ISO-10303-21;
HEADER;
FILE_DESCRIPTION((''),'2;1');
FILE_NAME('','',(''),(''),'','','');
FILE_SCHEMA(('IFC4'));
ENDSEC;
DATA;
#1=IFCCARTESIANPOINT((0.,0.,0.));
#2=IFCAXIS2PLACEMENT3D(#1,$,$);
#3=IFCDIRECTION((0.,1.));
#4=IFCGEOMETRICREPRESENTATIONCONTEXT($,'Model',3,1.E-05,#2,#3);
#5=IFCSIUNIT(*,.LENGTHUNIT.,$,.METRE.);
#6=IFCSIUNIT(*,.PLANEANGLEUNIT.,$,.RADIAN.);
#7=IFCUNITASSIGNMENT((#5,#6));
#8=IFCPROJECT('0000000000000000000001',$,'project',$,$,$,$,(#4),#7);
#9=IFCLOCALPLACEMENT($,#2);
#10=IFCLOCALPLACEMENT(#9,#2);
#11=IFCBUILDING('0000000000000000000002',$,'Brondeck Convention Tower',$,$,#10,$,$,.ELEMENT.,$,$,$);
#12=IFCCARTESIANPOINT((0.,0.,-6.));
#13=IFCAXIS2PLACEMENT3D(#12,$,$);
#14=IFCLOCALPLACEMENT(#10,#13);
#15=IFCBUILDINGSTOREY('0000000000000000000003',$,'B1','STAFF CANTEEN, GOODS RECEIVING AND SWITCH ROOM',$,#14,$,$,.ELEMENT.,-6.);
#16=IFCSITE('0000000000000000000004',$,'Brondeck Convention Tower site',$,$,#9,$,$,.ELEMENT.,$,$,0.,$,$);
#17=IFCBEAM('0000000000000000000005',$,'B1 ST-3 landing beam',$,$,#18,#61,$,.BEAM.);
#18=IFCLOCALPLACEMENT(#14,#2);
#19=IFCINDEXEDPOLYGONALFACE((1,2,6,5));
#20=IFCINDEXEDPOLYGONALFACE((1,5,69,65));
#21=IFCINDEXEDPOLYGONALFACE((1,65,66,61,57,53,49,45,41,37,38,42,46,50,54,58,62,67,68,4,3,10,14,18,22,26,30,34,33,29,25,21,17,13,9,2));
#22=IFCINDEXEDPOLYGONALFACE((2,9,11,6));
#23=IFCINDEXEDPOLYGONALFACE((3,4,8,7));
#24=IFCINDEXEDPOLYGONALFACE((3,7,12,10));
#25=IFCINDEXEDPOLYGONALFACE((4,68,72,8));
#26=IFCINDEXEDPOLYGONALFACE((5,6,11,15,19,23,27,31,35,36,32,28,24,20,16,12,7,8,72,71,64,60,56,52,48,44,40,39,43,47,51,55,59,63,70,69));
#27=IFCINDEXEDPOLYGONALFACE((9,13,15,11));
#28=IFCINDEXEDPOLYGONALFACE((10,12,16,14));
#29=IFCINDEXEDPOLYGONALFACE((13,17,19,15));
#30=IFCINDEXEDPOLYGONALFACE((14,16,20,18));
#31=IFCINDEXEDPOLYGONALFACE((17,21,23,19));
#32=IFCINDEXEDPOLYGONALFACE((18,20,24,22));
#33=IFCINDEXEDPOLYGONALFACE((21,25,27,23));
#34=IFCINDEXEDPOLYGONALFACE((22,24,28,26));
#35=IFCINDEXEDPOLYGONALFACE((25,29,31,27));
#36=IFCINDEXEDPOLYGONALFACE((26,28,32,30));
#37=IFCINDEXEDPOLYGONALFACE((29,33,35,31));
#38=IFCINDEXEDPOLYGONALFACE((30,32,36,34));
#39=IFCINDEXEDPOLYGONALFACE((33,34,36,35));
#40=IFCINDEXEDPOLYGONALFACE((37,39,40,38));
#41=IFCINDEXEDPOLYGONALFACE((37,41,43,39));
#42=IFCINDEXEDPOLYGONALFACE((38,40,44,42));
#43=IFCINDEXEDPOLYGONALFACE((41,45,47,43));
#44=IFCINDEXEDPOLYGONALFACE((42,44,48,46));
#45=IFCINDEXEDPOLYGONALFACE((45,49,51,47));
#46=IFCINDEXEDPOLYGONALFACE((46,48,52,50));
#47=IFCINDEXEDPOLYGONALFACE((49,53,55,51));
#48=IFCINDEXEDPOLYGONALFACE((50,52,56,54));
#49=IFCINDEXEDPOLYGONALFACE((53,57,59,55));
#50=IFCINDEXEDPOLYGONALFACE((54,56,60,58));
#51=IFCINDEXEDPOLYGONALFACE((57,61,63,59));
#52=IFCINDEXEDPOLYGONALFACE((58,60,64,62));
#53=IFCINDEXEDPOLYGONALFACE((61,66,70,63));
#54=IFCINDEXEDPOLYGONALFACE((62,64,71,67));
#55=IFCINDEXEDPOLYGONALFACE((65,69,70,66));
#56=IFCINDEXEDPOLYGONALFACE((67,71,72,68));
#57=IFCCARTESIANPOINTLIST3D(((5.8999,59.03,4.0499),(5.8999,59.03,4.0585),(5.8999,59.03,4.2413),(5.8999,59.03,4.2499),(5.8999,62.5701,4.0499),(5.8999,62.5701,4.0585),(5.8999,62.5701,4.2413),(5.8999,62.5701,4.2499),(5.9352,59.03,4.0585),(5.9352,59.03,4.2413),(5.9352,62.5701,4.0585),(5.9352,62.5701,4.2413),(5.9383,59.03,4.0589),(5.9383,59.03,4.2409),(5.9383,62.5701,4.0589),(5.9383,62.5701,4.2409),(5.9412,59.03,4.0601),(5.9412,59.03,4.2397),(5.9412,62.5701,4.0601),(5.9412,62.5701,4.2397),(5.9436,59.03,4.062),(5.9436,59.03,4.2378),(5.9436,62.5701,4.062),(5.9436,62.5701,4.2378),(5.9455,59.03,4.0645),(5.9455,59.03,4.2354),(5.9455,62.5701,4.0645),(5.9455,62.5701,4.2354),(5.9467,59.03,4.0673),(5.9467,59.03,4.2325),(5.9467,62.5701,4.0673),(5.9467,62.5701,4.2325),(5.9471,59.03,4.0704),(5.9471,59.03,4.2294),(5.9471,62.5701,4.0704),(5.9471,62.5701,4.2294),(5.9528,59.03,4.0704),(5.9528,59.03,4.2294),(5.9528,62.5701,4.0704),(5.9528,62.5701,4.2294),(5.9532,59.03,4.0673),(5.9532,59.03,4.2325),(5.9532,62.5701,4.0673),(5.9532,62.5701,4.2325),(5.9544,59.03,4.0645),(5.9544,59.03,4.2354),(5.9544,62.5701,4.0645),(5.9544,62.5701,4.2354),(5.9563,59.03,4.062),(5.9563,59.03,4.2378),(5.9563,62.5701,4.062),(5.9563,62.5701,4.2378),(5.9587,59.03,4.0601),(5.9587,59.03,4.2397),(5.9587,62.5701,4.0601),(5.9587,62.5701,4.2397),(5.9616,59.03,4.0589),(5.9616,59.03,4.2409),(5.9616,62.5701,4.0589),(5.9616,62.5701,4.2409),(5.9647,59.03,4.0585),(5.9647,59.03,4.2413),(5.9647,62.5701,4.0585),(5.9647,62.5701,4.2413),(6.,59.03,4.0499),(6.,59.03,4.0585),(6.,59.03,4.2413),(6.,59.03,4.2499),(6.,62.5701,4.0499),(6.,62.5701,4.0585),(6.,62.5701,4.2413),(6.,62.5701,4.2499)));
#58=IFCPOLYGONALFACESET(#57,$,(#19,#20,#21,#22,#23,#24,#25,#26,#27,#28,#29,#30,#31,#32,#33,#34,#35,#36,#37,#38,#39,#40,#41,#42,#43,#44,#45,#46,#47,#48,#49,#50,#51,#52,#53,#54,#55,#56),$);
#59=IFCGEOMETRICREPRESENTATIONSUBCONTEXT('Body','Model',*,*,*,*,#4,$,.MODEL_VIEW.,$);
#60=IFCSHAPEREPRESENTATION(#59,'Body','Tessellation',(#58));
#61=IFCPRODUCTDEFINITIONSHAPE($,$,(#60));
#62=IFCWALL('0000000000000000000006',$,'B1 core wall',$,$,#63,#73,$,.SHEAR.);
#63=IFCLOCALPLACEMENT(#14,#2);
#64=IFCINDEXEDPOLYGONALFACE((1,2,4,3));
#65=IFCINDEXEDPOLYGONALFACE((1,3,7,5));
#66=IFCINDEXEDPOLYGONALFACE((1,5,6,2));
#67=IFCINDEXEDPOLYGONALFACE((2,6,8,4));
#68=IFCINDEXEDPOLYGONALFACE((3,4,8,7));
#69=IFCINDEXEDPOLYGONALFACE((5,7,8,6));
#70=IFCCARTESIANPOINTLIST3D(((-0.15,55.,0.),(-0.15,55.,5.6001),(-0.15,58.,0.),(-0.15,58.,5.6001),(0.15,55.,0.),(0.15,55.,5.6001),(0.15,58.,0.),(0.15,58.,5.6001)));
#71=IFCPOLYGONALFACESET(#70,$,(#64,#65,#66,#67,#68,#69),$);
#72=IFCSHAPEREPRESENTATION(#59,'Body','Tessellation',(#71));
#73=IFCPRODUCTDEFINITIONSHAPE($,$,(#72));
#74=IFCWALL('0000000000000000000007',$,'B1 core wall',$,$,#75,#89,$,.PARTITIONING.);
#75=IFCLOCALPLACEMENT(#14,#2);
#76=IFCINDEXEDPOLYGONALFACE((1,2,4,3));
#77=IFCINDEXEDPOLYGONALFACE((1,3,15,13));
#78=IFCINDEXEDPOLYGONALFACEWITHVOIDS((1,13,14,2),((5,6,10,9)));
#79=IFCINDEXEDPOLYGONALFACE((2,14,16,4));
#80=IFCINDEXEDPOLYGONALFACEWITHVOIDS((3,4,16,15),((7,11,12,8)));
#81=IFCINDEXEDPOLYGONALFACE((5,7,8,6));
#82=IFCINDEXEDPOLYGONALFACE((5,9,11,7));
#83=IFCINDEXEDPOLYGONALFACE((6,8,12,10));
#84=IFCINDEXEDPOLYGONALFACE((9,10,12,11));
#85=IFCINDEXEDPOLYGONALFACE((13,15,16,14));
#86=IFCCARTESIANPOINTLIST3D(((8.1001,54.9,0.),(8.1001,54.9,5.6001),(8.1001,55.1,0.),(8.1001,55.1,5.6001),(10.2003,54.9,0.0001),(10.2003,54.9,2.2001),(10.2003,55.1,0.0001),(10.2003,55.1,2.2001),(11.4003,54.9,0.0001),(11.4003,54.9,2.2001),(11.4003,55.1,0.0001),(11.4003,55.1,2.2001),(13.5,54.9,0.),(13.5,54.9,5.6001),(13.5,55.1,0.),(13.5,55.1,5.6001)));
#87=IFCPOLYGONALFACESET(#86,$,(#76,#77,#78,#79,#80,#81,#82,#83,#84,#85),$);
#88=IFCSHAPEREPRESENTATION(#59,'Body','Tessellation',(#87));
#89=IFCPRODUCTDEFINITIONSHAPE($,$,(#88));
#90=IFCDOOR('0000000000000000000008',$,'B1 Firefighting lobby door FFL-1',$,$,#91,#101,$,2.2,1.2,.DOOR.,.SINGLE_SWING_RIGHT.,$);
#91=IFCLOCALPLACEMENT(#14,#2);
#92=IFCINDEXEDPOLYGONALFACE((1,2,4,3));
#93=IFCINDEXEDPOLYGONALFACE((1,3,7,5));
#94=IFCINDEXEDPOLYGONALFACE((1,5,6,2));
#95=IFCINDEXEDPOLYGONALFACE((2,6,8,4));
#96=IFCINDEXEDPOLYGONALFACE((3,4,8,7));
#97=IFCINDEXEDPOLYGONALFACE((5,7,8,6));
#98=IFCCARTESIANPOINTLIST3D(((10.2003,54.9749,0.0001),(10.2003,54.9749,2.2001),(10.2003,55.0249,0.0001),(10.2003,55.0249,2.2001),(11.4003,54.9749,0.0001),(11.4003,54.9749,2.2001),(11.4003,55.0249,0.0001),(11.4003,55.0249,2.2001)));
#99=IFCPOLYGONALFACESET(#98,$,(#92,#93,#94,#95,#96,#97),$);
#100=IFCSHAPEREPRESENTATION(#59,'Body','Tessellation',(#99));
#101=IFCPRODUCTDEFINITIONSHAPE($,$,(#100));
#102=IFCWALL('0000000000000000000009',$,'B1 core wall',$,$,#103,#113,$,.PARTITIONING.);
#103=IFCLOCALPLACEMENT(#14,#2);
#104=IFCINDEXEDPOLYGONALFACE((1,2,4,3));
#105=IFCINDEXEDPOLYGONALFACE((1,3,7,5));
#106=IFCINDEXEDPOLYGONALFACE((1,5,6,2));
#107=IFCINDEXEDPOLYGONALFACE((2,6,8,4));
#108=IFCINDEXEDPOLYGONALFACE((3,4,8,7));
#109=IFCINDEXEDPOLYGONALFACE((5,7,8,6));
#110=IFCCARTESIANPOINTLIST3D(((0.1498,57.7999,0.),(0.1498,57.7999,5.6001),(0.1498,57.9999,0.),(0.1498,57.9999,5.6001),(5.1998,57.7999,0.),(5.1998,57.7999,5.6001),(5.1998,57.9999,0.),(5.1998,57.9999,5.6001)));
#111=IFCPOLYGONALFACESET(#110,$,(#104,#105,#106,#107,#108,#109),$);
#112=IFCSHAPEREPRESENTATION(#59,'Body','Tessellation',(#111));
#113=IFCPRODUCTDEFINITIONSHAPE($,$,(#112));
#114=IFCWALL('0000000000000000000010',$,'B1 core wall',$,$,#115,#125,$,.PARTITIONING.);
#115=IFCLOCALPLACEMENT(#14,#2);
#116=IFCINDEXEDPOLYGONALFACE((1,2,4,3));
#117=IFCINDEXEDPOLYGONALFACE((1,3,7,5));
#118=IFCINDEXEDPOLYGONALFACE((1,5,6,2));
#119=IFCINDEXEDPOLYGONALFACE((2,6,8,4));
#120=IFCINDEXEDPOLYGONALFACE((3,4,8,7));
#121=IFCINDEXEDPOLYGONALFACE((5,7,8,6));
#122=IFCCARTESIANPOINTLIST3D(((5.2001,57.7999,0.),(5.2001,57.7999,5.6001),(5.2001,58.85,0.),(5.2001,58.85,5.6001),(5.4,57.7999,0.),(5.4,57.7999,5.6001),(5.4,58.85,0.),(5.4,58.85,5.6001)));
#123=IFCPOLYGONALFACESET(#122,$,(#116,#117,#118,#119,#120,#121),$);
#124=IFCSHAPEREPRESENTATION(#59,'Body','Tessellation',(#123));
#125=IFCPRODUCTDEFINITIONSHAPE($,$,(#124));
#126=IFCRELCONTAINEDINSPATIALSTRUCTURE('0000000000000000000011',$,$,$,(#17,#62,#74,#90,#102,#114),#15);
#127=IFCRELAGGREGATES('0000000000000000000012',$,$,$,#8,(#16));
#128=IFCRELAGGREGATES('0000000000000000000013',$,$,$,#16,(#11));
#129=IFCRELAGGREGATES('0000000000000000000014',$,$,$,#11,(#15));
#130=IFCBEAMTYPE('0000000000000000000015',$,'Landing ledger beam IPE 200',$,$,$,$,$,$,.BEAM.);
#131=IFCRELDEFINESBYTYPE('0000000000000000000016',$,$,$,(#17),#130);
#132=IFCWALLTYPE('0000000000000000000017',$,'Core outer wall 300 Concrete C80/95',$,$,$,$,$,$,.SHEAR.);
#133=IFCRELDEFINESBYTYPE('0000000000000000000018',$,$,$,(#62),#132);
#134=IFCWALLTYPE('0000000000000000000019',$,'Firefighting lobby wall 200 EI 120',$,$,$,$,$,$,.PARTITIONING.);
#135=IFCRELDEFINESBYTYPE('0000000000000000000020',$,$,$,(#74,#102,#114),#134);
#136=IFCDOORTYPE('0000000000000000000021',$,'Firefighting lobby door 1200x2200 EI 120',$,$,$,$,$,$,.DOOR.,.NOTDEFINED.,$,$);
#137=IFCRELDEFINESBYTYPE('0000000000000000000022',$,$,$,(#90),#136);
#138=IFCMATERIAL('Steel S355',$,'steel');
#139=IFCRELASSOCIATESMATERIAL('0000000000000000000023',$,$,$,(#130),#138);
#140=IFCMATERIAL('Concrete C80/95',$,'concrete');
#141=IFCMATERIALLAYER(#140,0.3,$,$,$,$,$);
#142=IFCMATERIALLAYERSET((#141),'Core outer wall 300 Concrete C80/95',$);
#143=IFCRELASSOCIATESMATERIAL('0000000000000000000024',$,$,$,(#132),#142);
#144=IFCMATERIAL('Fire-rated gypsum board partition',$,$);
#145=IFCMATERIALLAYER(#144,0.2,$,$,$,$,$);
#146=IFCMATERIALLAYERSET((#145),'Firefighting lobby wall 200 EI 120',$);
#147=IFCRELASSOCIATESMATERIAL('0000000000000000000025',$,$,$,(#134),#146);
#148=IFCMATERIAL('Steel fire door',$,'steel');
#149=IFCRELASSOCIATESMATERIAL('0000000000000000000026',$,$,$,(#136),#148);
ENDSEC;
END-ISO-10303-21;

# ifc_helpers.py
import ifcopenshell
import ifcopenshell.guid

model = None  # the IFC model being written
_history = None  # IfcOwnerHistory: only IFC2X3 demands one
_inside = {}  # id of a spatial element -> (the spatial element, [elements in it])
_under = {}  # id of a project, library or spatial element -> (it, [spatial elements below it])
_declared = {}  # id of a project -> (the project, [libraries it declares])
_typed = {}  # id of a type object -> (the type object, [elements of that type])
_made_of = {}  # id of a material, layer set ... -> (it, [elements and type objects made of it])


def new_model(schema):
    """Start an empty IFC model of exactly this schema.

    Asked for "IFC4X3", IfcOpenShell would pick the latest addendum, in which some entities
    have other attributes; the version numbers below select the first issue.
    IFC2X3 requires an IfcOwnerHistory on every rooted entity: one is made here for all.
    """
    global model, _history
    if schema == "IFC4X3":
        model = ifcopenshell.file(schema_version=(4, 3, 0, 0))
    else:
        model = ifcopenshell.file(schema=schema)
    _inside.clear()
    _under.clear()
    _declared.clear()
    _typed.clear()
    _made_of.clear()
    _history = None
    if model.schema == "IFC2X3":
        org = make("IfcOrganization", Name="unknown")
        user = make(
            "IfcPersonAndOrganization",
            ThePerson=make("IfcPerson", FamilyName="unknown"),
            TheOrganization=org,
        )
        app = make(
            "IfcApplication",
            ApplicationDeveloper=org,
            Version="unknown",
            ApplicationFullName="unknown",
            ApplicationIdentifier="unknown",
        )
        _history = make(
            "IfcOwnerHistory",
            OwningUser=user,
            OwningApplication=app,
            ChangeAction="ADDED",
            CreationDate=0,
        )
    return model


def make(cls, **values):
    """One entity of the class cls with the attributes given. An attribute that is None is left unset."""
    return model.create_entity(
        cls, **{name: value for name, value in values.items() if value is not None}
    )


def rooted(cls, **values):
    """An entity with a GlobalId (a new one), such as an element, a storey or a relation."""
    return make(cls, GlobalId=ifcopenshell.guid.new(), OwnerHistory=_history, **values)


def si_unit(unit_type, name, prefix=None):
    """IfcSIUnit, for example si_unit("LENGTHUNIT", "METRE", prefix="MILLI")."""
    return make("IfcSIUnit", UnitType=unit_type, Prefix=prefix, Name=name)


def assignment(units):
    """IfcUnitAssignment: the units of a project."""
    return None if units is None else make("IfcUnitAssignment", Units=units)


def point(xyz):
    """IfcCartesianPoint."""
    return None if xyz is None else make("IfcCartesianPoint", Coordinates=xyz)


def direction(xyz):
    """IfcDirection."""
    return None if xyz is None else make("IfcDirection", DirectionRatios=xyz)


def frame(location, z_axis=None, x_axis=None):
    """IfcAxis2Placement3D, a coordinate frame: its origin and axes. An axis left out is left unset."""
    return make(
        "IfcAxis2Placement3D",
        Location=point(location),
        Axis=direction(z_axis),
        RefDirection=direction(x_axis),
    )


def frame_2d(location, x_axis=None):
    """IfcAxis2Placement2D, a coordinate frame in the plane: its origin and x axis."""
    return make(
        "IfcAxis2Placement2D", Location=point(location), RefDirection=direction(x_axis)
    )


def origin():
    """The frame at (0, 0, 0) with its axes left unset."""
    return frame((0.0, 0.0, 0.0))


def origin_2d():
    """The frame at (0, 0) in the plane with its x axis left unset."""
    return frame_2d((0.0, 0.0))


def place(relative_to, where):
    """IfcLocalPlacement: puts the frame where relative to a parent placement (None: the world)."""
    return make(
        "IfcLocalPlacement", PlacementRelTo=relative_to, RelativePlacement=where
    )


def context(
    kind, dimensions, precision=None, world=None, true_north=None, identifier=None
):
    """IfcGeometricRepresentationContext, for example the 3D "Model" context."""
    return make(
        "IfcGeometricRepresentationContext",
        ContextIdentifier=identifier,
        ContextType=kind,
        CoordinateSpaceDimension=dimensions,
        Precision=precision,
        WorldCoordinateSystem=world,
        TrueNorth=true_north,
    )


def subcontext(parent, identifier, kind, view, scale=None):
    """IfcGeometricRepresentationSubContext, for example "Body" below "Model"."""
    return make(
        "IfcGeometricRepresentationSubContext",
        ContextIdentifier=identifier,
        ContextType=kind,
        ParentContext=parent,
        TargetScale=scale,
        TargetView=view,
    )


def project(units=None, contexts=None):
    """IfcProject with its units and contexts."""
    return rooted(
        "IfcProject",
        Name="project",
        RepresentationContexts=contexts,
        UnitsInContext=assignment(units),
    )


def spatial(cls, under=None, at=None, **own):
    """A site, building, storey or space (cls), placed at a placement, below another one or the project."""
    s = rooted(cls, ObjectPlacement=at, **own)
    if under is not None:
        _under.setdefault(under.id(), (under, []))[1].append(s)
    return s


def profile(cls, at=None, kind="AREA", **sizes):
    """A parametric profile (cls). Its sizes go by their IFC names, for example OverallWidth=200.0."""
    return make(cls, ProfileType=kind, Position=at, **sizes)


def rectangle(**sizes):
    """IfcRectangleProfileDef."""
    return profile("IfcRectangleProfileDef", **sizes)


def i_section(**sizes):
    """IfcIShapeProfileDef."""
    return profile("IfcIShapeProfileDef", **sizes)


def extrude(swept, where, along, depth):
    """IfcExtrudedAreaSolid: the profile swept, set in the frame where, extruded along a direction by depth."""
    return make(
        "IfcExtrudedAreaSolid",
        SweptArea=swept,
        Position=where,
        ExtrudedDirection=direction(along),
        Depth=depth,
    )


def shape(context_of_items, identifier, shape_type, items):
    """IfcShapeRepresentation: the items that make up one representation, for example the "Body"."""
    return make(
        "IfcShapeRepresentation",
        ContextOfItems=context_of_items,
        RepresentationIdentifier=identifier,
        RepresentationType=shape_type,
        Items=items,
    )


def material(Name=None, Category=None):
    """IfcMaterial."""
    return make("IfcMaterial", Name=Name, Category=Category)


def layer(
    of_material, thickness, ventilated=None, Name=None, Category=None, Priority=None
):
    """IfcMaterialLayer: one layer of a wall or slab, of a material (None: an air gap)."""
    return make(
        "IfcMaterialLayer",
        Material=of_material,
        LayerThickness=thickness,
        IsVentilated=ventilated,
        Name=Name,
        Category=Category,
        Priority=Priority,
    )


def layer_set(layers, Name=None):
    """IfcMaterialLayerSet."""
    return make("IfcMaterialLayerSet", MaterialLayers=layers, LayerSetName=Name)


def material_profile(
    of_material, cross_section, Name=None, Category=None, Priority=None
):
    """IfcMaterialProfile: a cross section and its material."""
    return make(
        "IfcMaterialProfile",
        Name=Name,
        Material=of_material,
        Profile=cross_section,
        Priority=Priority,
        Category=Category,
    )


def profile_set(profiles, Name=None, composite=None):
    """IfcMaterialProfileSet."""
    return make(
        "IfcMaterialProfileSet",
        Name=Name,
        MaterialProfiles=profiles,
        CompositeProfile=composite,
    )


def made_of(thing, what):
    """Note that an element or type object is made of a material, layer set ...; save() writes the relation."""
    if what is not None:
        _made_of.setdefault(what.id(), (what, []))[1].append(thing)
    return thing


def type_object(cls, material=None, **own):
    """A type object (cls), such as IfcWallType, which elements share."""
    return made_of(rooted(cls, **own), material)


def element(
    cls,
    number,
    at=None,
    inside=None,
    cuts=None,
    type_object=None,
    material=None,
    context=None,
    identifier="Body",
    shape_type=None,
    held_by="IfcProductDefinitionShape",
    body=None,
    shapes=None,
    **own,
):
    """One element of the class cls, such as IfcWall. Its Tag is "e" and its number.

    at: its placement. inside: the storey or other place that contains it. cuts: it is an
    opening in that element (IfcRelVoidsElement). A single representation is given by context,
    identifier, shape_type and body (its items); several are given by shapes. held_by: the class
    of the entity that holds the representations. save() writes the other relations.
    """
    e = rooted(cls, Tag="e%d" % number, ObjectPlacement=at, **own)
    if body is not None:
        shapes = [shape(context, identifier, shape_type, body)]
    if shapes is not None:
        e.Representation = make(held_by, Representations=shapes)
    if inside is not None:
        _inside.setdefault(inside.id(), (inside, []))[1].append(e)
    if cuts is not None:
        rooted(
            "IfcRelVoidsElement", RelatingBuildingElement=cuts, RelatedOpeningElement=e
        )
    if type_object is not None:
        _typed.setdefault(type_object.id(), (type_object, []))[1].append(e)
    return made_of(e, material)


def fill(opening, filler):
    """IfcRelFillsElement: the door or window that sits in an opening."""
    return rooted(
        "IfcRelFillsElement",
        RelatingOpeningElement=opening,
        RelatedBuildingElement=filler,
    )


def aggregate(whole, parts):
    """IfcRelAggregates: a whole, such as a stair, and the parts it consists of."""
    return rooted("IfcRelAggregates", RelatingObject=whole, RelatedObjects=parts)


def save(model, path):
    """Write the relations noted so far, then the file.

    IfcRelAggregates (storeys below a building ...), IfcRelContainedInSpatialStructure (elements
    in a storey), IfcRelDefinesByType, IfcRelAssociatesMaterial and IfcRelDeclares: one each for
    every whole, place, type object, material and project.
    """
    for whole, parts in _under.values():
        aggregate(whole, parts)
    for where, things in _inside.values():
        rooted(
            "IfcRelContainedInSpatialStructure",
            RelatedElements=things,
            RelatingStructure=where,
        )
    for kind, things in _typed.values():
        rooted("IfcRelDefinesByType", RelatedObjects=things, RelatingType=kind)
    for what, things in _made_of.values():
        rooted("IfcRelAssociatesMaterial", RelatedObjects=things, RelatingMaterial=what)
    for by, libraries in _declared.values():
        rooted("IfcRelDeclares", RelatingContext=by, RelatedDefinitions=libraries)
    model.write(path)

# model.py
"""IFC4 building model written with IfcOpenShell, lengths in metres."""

from ifc_helpers import new_model, si_unit, direction, frame, frame_2d, origin, origin_2d, place, context, subcontext, project, spatial, rectangle, i_section, extrude, material, layer, layer_set, material_profile, profile_set, type_object, element, fill, save


model = new_model("IFC4")

# Units and contexts
model_context = context("Model", 3, precision=1e-05, world=origin(), true_north=direction((0.0, 1.0)))
body_context = subcontext(model_context, "Body", "Model", "MODEL_VIEW")
ifc_project = project(units=[si_unit("LENGTHUNIT", "METRE"), si_unit("PLANEANGLEUNIT", "RADIAN")], contexts=[model_context])

# Site, building, storey
site_placement = place(None, origin())
site = spatial("IfcSite", under=ifc_project, at=site_placement, Name="Brondeck Convention Tower site", CompositionType="ELEMENT", RefElevation=0.0)
building_placement = place(site_placement, origin())
building = spatial("IfcBuilding", under=site, at=building_placement, Name="Brondeck Convention Tower", CompositionType="ELEMENT")
storey_placement = place(building_placement, frame((0.0, 0.0, -6.0)))
storey = spatial("IfcBuildingStorey", under=building, at=storey_placement, Name="B1", Description="STAFF CANTEEN, GOODS RECEIVING AND SWITCH ROOM", CompositionType="ELEMENT", Elevation=-6.0)

# Shared definitions
ifc_material_1 = material(Name="Concrete C80/95", Category="concrete")

# Beam
ifc_material_2 = material(Name="Steel S355", Category="steel")
ifc_material_profile_1 = material_profile(ifc_material_2, i_section(OverallWidth=0.1001, OverallDepth=0.2, WebThickness=0.0056, FlangeThickness=0.0085, FilletRadius=0.012, at=origin_2d()), Name="IPE200")
ifc_profile_set_1 = profile_set([ifc_material_profile_1], Name="Steel S355")
beam_type = type_object("IfcBeamType", Name="Landing ledger beam IPE 200", PredefinedType="BEAM", material=ifc_profile_set_1)
for number, where, z_axis, x_axis, name in (
    (1, (5.95, 62.5701, 4.1499), (0.0, -1.0, 0.0), (1.0, 0.0, 0.0), "B1 ST-3 landing beam"),
):
    element("IfcBeam", number, at=place(storey_placement, frame(where, z_axis=z_axis, x_axis=x_axis)), inside=storey, type_object=beam_type, Name=name, PredefinedType="BEAM", context=body_context, shape_type="SweptSolid", body=[
        extrude(i_section(OverallWidth=0.1001, OverallDepth=0.2, WebThickness=0.0056, FlangeThickness=0.0085, FilletRadius=0.012, at=origin_2d()), origin(), (0.0, 0.0, 1.0), 3.54),
    ])

# Wall
ifc_layer_1 = layer(ifc_material_1, 0.3)
ifc_layer_set_1 = layer_set([ifc_layer_1], Name="Core outer wall 300 Concrete C80/95")
wall_type_1 = type_object("IfcWallType", Name="Core outer wall 300 Concrete C80/95", PredefinedType="SHEAR", material=ifc_layer_set_1)
wall_1_placement = place(storey_placement, frame((0.0, 55.0, 0.0), z_axis=(0.0, 0.0, 1.0), x_axis=(0.0, 1.0, 0.0)))
element("IfcWall", 2, at=wall_1_placement, inside=storey, type_object=wall_type_1, Name="B1 core wall", PredefinedType="SHEAR", context=body_context, shape_type="SweptSolid", body=[
    extrude(rectangle(XDim=3.0, YDim=0.3, at=frame_2d((1.5, 0.0))), origin(), (0.0, 0.0, 1.0), 5.6001),
])

# Wall, opening, door
ifc_material_3 = material(Name="Fire-rated gypsum board partition")
ifc_layer_2 = layer(ifc_material_3, 0.2)
ifc_layer_set_2 = layer_set([ifc_layer_2], Name="Firefighting lobby wall 200 EI 120")
wall_type_2 = type_object("IfcWallType", Name="Firefighting lobby wall 200 EI 120", PredefinedType="PARTITIONING", material=ifc_layer_set_2)
wall_2_placement = place(storey_placement, frame((8.1001, 55.0, 0.0), z_axis=(0.0, 0.0, 1.0), x_axis=(1.0, 0.0, 0.0)))
wall_2 = element("IfcWall", 3, at=wall_2_placement, inside=storey, type_object=wall_type_2, Name="B1 core wall", PredefinedType="PARTITIONING", context=body_context, shape_type="SweptSolid", body=[
    extrude(rectangle(XDim=5.3999, YDim=0.2, at=frame_2d((2.7, 0.0))), origin(), (0.0, 0.0, 1.0), 5.6001),
])
opening_1_placement = place(wall_2_placement, frame((2.1001, 0.0, 0.0)))
opening_1 = element("IfcOpeningElement", 4, at=opening_1_placement, cuts=wall_2, PredefinedType="OPENING", context=body_context, shape_type="SweptSolid", body=[
    extrude(rectangle(XDim=1.2, YDim=2.2, at=frame_2d((0.6001, 1.1001))), frame((0.0, 0.1099, 0.0), z_axis=(0.0, -1.0, 0.0), x_axis=(1.0, 0.0, 0.0)), (0.0, 0.0, 1.0), 0.22),
])
ifc_material_4 = material(Name="Steel fire door", Category="steel")
door_type_1 = type_object("IfcDoorType", Name="Firefighting lobby door 1200x2200 EI 120", OperationType="NOTDEFINED", PredefinedType="DOOR", material=ifc_material_4)
door_1_placement = place(opening_1_placement, origin())
door_1 = element("IfcDoor", 5, at=door_1_placement, inside=storey, type_object=door_type_1, Name="B1 Firefighting lobby door FFL-1", OperationType="SINGLE_SWING_RIGHT", OverallHeight=2.2, OverallWidth=1.2, PredefinedType="DOOR", context=body_context, shape_type="SweptSolid", body=[
    extrude(rectangle(XDim=1.2, YDim=2.2, at=frame_2d((0.6001, 1.1001))), frame((0.0, 0.0249, 0.0), z_axis=(0.0, -1.0, 0.0), x_axis=(1.0, 0.0, 0.0)), (0.0, 0.0, 1.0), 0.05),
])
fill(opening_1, door_1)

# Walls
wall_3_placement = place(storey_placement, frame((0.1499, 57.8999, 0.0), z_axis=(0.0, 0.0, 1.0), x_axis=(1.0, 0.0, 0.0)))
element("IfcWall", 6, at=wall_3_placement, inside=storey, type_object=wall_type_2, Name="B1 core wall", PredefinedType="PARTITIONING", context=body_context, shape_type="SweptSolid", body=[
    extrude(rectangle(XDim=5.05, YDim=0.2, at=frame_2d((2.5249, 0.0))), origin(), (0.0, 0.0, 1.0), 5.6001),
])
wall_4_placement = place(storey_placement, frame((5.3, 57.8, 0.0), z_axis=(0.0, 0.0, 1.0), x_axis=(0.0, 1.0, 0.0)))
element("IfcWall", 7, at=wall_4_placement, inside=storey, type_object=wall_type_2, Name="B1 core wall", PredefinedType="PARTITIONING", context=body_context, shape_type="SweptSolid", body=[
    extrude(rectangle(XDim=1.05, YDim=0.2, at=frame_2d((0.5249, 0.0))), origin(), (0.0, 0.0, 1.0), 5.6001),
])

save(model, "model.ifc")
